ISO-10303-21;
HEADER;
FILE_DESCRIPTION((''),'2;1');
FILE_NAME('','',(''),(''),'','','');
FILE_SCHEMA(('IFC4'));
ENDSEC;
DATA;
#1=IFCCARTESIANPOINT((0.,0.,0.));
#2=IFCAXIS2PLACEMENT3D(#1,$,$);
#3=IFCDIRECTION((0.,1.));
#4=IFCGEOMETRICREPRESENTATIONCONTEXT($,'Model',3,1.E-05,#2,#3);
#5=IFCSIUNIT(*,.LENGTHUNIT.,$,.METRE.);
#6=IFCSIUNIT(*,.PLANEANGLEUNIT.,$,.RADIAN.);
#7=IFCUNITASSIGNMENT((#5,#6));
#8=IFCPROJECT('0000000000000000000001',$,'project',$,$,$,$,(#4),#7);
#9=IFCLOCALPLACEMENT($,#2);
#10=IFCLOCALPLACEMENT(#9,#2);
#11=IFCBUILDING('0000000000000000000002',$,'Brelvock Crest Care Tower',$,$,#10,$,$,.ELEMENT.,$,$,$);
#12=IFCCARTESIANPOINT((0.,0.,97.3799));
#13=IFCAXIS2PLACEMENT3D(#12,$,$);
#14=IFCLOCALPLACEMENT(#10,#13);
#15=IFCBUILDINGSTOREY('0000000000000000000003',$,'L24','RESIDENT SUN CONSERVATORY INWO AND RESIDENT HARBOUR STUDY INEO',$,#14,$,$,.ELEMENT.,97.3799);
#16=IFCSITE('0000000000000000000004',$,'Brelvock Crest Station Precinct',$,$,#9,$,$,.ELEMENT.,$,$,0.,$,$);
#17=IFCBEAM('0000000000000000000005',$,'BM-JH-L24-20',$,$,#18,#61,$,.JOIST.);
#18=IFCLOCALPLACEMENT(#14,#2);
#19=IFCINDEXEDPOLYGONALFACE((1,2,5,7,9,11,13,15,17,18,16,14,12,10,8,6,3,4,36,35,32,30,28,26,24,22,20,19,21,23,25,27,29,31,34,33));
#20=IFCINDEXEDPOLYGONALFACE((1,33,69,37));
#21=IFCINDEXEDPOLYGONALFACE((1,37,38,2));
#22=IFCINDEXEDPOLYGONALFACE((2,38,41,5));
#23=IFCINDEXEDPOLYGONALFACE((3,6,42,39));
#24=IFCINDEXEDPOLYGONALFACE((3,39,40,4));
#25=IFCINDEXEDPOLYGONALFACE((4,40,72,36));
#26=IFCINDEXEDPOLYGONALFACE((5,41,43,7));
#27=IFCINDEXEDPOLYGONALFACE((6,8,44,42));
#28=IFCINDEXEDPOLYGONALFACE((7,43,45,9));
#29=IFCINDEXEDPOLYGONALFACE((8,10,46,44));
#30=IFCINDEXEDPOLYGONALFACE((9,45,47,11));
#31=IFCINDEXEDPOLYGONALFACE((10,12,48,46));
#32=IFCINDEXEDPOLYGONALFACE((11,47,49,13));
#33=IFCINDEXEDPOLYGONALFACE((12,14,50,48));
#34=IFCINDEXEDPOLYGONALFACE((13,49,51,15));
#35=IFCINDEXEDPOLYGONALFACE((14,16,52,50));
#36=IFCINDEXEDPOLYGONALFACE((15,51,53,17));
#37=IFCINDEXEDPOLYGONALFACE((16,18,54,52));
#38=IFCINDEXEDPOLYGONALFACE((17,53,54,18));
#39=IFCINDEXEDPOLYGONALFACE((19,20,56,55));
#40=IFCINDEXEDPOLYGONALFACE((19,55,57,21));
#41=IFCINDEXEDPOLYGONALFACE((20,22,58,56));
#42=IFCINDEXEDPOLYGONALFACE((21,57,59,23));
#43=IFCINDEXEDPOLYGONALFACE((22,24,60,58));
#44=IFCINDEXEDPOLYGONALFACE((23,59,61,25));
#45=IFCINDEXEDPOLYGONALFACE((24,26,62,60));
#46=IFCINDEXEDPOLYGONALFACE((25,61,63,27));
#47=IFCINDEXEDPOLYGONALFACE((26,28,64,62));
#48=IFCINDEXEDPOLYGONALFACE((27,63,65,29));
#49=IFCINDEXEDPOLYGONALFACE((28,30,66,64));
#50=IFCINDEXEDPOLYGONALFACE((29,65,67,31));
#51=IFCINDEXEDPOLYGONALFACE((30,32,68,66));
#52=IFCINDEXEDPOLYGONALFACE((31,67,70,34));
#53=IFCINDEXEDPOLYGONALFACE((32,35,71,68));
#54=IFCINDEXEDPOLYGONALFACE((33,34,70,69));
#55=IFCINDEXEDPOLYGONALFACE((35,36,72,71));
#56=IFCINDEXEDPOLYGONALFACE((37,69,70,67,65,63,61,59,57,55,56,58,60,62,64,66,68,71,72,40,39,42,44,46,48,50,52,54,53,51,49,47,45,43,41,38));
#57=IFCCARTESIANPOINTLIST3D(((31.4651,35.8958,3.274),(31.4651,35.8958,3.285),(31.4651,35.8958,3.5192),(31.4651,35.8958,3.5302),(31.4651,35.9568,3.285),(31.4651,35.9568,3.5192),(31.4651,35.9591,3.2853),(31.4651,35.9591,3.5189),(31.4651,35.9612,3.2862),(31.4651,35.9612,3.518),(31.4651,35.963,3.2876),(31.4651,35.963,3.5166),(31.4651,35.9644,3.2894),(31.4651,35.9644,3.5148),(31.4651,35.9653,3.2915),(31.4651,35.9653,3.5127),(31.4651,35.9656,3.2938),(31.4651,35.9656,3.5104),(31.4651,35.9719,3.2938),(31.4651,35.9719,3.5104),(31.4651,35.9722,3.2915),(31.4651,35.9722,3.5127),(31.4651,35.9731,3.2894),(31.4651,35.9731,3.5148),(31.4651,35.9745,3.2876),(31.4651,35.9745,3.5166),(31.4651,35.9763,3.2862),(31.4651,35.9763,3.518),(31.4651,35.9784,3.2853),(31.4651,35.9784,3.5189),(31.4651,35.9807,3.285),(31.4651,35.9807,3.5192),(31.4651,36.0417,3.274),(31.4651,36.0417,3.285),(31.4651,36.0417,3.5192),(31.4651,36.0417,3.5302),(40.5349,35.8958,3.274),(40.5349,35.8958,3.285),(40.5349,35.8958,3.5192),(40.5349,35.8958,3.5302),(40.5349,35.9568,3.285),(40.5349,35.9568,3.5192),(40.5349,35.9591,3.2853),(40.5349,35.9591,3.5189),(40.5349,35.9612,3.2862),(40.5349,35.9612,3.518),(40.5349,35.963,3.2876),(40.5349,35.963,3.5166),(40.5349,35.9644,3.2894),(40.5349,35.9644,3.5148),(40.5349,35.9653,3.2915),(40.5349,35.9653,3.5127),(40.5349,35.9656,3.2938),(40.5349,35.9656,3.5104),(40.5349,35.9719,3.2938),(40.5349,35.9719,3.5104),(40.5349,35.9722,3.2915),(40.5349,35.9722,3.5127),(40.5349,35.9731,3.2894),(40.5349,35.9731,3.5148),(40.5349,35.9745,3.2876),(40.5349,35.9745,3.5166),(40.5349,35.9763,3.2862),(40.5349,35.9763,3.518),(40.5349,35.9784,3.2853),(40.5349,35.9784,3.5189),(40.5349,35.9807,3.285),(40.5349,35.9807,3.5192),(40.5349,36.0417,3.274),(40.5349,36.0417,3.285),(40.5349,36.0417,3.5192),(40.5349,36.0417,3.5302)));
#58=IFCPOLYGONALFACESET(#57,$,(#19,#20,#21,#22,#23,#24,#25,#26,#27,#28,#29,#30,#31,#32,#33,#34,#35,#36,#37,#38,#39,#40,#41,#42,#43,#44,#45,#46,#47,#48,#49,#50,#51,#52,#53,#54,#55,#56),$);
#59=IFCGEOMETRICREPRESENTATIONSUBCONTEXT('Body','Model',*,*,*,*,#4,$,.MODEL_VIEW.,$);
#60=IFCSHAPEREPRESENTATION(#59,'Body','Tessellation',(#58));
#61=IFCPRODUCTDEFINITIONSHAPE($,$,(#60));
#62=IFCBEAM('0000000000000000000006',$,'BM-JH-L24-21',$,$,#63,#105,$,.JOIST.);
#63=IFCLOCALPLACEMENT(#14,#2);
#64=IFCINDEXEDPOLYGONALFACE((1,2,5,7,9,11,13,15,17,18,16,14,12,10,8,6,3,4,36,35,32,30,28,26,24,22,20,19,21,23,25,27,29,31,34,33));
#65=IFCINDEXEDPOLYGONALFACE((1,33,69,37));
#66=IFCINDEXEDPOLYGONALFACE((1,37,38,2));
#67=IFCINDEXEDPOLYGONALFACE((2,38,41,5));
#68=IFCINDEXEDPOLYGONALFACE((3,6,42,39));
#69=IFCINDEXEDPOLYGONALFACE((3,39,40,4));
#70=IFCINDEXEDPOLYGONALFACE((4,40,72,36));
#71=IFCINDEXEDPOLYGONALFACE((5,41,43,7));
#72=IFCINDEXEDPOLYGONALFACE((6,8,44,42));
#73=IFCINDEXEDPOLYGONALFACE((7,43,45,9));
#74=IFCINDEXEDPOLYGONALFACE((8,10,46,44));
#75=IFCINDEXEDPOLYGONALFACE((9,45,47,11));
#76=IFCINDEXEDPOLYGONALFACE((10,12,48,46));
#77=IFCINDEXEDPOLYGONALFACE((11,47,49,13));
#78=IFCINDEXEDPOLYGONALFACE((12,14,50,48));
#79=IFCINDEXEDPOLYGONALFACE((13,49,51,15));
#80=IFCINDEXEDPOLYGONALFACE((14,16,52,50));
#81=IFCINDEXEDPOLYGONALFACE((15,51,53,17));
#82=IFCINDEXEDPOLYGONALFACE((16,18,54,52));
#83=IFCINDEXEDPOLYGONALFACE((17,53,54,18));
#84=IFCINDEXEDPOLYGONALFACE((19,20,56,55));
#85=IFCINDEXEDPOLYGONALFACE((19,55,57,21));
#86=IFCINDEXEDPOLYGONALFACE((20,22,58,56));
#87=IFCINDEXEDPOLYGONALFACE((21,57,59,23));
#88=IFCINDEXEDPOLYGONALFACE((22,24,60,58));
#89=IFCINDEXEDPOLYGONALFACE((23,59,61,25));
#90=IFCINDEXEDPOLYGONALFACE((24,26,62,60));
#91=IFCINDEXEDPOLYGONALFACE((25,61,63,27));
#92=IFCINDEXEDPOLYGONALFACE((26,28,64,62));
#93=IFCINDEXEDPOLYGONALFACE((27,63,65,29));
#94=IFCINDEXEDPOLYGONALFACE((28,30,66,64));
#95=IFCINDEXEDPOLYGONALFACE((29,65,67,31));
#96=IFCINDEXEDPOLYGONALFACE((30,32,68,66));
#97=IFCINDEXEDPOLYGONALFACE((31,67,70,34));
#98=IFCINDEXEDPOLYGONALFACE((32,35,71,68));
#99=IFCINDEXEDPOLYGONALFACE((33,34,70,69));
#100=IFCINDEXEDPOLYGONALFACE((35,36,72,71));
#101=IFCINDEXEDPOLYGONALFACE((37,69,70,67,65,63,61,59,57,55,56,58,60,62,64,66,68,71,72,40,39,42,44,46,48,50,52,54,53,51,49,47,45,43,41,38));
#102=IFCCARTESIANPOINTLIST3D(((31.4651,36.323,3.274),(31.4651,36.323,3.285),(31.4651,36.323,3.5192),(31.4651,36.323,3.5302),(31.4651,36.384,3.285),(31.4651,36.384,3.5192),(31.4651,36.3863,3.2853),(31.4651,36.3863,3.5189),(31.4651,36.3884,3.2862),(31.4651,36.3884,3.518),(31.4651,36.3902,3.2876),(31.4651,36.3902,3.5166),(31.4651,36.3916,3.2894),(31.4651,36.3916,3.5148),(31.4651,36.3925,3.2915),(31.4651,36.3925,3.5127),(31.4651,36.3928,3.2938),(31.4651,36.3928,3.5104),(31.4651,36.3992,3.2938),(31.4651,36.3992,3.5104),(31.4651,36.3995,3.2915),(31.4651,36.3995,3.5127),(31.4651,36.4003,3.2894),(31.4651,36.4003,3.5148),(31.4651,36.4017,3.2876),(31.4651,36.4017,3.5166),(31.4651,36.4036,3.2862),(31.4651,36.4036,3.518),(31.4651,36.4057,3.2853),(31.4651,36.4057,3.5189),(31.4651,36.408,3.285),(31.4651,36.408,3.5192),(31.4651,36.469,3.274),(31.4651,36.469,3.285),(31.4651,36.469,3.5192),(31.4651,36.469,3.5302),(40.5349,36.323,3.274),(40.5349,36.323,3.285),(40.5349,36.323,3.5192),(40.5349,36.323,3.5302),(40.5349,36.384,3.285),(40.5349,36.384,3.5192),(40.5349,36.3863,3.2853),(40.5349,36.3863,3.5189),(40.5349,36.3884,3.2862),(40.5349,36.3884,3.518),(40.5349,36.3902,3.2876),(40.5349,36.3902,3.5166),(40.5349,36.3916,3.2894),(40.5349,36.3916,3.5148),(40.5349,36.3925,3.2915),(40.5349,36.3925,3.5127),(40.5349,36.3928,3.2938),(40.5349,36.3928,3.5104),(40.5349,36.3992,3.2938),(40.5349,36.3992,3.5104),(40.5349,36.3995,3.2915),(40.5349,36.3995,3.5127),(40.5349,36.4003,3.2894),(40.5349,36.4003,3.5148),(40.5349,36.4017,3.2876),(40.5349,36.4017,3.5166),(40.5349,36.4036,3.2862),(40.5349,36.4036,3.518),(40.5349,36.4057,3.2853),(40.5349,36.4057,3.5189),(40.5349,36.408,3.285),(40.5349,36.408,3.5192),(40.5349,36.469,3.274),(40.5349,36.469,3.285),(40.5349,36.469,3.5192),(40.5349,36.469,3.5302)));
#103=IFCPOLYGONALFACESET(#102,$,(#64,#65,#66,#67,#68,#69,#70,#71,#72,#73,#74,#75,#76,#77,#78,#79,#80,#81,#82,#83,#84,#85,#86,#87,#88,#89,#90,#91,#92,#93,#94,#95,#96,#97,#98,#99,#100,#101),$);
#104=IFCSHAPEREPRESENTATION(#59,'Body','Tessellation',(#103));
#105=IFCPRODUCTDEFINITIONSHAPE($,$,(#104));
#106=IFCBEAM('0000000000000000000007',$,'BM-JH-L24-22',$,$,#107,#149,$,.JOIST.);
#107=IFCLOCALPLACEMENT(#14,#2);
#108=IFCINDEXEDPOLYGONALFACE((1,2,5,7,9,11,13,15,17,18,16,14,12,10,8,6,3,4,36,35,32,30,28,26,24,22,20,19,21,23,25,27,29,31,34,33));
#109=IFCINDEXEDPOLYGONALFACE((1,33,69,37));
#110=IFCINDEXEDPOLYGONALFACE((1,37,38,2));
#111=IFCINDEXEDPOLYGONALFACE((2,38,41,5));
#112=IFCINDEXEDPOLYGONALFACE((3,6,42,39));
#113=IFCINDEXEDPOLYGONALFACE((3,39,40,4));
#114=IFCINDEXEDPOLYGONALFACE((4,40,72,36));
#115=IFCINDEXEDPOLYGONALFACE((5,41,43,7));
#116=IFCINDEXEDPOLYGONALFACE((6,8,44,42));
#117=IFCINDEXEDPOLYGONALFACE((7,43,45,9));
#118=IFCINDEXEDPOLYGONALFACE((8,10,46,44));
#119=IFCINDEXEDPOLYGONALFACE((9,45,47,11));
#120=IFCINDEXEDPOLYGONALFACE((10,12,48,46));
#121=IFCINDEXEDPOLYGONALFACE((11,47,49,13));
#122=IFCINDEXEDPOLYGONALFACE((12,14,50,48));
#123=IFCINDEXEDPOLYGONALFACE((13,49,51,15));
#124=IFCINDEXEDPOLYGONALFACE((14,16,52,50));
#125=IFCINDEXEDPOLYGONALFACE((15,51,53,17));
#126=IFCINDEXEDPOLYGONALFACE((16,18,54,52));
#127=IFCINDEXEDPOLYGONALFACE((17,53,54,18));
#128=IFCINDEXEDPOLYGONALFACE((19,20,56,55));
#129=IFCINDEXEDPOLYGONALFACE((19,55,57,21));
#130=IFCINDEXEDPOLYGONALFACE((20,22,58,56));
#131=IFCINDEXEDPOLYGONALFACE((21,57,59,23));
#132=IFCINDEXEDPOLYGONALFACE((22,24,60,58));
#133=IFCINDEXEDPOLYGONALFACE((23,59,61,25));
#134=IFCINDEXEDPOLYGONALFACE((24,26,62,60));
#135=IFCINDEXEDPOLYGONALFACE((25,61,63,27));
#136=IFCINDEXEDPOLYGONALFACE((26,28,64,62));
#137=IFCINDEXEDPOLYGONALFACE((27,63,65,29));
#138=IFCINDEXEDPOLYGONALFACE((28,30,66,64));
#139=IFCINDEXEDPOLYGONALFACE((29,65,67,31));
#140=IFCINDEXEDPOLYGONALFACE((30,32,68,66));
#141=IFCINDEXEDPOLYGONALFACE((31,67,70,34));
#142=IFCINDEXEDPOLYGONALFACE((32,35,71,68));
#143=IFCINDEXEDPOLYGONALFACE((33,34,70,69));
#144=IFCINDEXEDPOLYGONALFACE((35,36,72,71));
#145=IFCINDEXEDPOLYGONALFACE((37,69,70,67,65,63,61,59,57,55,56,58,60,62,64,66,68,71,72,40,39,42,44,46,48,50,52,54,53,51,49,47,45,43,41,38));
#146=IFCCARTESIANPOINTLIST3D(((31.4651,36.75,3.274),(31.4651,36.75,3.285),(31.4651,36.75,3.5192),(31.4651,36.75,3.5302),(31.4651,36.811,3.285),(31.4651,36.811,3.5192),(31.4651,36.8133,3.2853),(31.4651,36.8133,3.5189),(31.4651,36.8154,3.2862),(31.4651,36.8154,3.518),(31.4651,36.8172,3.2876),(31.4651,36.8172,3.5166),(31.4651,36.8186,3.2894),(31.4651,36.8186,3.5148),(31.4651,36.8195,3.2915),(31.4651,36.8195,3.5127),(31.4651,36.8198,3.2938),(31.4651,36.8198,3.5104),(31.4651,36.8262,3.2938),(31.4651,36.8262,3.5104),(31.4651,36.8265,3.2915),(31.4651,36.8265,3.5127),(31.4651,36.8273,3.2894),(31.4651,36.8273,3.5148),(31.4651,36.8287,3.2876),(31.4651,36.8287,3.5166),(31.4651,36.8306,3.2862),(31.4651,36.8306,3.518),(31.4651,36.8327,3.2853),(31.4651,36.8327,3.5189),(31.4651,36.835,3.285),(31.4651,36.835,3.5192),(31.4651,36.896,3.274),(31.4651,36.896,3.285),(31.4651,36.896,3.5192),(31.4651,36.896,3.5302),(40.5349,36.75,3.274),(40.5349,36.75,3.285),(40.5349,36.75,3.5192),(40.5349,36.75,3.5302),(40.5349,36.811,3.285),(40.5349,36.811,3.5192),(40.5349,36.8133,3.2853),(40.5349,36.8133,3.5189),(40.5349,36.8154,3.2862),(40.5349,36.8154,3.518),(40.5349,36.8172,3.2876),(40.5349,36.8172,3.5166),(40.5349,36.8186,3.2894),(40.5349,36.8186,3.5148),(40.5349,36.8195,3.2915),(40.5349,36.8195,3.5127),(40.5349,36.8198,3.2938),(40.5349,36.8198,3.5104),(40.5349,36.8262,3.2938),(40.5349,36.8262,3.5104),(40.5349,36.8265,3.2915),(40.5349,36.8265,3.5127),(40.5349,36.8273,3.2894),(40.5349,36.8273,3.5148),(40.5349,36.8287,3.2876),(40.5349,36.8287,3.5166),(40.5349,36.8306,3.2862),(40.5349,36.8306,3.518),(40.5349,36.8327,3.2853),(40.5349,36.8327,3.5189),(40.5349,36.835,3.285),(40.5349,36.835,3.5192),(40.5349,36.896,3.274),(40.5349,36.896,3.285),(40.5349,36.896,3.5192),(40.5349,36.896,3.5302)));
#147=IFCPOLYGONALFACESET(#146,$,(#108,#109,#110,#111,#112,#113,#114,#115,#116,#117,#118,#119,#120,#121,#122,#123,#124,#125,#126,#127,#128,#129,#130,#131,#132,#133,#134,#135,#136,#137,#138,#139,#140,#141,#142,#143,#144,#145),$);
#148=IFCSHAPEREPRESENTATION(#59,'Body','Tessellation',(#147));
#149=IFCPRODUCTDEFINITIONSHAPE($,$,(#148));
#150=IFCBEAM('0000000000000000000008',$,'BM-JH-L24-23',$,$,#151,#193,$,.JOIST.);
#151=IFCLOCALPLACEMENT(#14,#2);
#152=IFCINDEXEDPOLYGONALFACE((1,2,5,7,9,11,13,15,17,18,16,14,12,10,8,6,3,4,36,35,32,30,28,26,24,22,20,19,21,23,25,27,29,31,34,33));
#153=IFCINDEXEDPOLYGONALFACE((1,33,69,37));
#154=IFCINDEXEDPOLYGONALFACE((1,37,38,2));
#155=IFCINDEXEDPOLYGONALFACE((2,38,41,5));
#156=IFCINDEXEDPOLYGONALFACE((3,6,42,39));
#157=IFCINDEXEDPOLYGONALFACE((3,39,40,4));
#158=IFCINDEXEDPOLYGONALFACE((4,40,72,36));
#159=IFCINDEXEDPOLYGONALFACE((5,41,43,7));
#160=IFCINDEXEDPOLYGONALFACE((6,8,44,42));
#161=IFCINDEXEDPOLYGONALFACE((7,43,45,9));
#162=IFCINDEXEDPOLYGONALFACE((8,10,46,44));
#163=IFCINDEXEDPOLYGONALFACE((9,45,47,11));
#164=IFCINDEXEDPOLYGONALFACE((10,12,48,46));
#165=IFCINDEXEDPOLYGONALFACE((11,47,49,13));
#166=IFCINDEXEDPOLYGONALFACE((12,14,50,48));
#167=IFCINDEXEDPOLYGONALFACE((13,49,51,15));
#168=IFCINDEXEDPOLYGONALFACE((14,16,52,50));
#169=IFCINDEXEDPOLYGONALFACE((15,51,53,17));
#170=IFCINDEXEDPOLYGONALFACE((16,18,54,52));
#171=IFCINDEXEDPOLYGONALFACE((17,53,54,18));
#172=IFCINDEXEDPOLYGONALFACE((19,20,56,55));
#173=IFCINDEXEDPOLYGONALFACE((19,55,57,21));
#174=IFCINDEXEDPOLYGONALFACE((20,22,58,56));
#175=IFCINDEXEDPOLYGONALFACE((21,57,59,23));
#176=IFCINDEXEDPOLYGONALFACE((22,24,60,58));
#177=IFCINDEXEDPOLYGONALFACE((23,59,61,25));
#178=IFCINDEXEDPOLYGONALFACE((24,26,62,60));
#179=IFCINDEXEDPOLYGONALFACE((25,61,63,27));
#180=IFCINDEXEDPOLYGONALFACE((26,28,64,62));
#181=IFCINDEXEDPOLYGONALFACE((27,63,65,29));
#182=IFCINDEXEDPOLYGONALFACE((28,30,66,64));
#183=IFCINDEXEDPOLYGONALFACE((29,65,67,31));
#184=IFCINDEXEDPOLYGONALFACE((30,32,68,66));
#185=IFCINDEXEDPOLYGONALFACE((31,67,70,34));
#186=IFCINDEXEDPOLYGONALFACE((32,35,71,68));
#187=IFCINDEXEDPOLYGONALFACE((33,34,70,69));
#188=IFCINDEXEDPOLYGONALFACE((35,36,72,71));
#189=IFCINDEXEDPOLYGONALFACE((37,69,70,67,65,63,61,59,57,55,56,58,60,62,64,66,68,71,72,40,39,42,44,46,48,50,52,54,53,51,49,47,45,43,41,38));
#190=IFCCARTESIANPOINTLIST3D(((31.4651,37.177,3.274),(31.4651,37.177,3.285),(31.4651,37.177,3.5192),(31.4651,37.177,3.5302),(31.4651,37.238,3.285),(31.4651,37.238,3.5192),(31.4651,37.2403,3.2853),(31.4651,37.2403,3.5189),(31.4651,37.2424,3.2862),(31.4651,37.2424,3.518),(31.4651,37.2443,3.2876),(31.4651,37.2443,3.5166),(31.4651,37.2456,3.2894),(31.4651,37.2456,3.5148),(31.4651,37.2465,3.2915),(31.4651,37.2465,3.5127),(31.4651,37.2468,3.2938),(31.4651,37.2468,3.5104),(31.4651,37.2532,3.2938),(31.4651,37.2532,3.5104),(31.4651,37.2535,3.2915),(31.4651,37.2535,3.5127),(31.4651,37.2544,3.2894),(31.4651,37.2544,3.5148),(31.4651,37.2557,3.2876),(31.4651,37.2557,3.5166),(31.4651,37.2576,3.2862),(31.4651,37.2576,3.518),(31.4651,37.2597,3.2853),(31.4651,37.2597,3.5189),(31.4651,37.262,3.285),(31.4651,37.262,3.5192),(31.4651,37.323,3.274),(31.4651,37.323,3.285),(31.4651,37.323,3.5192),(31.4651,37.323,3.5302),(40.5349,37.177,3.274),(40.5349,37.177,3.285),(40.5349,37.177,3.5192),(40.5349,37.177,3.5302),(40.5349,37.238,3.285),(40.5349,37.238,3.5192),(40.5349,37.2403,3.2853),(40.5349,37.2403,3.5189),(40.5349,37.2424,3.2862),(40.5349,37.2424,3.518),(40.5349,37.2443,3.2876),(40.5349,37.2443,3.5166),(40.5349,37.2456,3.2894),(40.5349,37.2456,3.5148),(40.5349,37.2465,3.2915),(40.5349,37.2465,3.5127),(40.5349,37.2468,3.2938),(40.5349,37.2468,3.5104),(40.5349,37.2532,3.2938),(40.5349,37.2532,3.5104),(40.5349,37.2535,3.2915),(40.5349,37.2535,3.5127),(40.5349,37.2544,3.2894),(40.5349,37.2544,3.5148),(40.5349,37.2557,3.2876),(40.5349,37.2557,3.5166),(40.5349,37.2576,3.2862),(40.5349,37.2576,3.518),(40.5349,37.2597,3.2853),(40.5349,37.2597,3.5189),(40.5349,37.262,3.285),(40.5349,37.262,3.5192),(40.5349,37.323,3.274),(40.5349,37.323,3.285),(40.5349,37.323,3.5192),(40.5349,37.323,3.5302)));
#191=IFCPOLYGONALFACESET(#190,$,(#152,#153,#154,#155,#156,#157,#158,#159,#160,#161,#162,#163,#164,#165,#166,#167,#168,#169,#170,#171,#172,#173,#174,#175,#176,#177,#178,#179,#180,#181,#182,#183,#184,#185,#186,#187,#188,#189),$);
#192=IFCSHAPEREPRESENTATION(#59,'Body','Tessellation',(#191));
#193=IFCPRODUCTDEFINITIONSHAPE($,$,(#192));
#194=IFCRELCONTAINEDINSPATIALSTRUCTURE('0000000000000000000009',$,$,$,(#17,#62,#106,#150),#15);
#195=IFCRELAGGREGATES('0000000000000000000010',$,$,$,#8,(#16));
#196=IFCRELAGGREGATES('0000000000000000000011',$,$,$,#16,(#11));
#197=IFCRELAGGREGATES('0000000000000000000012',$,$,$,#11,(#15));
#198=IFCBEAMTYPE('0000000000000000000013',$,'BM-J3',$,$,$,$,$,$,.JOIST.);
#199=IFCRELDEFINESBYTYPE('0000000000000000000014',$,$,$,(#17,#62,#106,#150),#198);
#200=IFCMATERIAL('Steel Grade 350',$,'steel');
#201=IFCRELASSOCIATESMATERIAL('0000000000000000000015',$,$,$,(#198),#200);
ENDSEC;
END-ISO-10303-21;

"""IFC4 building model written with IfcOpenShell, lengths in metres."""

from ifc_helpers import new_model, si_unit, direction, frame, origin, origin_2d, place, context, subcontext, project, spatial, i_section, extrude, source, transform, mapped, material, material_profile, profile_set, type_object, element, save


model = new_model("IFC4")

# Units and contexts
model_context = context("Model", 3, precision=1e-05, world=origin(), true_north=direction((0.0, 1.0)))
body_context = subcontext(model_context, "Body", "Model", "MODEL_VIEW")
ifc_project = project(units=[si_unit("LENGTHUNIT", "METRE"), si_unit("PLANEANGLEUNIT", "RADIAN")], contexts=[model_context])

# Site, building, storey
site_placement = place(None, origin())
site = spatial("IfcSite", under=ifc_project, at=site_placement, Name="Brelvock Crest Station Precinct", CompositionType="ELEMENT", RefElevation=0.0)
building_placement = place(site_placement, origin())
building = spatial("IfcBuilding", under=site, at=building_placement, Name="Brelvock Crest Care Tower", CompositionType="ELEMENT")
storey_placement = place(building_placement, frame((0.0, 0.0, 97.3799)))
storey = spatial("IfcBuildingStorey", under=building, at=storey_placement, Name="L24", Description="RESIDENT SUN CONSERVATORY INWO AND RESIDENT HARBOUR STUDY INEO", CompositionType="ELEMENT", Elevation=97.3799)

# Beams
ifc_material_1 = material(Name="Steel Grade 350", Category="steel")
ifc_material_profile_1 = material_profile(ifc_material_1, i_section(OverallWidth=0.146, OverallDepth=0.2561, WebThickness=0.0063, FlangeThickness=0.011, FilletRadius=0.0088, at=origin_2d()), Name="250UB37.3")
ifc_profile_set_1 = profile_set([ifc_material_profile_1], Name="Steel Grade 350")
beam_type_1 = type_object("IfcBeamType", Name="BM-J3", PredefinedType="JOIST", material=ifc_profile_set_1)
shared_shape_1 = source(origin(), body_context, "Body", "SweptSolid", [
    extrude(i_section(OverallWidth=0.146, OverallDepth=0.2561, WebThickness=0.0063, FlangeThickness=0.011, FilletRadius=0.0088, at=origin_2d()), origin(), (0.0, 0.0, 1.0), 9.0698),
])
for number, where, z_axis, x_axis, name in (
    (1, (31.4651, 35.9688, 3.4021), (1.0, 0.0, 0.0), (0.0, 1.0, 0.0), "BM-JH-L24-20"),
    (2, (31.4651, 36.396, 3.4021), (1.0, 0.0, 0.0), (0.0, 1.0, 0.0), "BM-JH-L24-21"),
    (3, (31.4651, 36.823, 3.4021), (1.0, 0.0, 0.0), (0.0, 1.0, 0.0), "BM-JH-L24-22"),
    (4, (31.4651, 37.25, 3.4021), (1.0, 0.0, 0.0), (0.0, 1.0, 0.0), "BM-JH-L24-23"),
):
    element("IfcBeam", number, at=place(storey_placement, frame(where, z_axis=z_axis, x_axis=x_axis)), inside=storey, type_object=beam_type_1, Name=name, PredefinedType="JOIST", context=body_context, shape_type="MappedRepresentation", body=[
        mapped(shared_shape_1, transform((0.0, 0.0, 0.0), x_axis=(1.0, 0.0, 0.0), y_axis=(0.0, 1.0, 0.0), z_axis=(0.0, 0.0, 1.0), scale=1.0)),
    ])

save(model, "model.ifc")
